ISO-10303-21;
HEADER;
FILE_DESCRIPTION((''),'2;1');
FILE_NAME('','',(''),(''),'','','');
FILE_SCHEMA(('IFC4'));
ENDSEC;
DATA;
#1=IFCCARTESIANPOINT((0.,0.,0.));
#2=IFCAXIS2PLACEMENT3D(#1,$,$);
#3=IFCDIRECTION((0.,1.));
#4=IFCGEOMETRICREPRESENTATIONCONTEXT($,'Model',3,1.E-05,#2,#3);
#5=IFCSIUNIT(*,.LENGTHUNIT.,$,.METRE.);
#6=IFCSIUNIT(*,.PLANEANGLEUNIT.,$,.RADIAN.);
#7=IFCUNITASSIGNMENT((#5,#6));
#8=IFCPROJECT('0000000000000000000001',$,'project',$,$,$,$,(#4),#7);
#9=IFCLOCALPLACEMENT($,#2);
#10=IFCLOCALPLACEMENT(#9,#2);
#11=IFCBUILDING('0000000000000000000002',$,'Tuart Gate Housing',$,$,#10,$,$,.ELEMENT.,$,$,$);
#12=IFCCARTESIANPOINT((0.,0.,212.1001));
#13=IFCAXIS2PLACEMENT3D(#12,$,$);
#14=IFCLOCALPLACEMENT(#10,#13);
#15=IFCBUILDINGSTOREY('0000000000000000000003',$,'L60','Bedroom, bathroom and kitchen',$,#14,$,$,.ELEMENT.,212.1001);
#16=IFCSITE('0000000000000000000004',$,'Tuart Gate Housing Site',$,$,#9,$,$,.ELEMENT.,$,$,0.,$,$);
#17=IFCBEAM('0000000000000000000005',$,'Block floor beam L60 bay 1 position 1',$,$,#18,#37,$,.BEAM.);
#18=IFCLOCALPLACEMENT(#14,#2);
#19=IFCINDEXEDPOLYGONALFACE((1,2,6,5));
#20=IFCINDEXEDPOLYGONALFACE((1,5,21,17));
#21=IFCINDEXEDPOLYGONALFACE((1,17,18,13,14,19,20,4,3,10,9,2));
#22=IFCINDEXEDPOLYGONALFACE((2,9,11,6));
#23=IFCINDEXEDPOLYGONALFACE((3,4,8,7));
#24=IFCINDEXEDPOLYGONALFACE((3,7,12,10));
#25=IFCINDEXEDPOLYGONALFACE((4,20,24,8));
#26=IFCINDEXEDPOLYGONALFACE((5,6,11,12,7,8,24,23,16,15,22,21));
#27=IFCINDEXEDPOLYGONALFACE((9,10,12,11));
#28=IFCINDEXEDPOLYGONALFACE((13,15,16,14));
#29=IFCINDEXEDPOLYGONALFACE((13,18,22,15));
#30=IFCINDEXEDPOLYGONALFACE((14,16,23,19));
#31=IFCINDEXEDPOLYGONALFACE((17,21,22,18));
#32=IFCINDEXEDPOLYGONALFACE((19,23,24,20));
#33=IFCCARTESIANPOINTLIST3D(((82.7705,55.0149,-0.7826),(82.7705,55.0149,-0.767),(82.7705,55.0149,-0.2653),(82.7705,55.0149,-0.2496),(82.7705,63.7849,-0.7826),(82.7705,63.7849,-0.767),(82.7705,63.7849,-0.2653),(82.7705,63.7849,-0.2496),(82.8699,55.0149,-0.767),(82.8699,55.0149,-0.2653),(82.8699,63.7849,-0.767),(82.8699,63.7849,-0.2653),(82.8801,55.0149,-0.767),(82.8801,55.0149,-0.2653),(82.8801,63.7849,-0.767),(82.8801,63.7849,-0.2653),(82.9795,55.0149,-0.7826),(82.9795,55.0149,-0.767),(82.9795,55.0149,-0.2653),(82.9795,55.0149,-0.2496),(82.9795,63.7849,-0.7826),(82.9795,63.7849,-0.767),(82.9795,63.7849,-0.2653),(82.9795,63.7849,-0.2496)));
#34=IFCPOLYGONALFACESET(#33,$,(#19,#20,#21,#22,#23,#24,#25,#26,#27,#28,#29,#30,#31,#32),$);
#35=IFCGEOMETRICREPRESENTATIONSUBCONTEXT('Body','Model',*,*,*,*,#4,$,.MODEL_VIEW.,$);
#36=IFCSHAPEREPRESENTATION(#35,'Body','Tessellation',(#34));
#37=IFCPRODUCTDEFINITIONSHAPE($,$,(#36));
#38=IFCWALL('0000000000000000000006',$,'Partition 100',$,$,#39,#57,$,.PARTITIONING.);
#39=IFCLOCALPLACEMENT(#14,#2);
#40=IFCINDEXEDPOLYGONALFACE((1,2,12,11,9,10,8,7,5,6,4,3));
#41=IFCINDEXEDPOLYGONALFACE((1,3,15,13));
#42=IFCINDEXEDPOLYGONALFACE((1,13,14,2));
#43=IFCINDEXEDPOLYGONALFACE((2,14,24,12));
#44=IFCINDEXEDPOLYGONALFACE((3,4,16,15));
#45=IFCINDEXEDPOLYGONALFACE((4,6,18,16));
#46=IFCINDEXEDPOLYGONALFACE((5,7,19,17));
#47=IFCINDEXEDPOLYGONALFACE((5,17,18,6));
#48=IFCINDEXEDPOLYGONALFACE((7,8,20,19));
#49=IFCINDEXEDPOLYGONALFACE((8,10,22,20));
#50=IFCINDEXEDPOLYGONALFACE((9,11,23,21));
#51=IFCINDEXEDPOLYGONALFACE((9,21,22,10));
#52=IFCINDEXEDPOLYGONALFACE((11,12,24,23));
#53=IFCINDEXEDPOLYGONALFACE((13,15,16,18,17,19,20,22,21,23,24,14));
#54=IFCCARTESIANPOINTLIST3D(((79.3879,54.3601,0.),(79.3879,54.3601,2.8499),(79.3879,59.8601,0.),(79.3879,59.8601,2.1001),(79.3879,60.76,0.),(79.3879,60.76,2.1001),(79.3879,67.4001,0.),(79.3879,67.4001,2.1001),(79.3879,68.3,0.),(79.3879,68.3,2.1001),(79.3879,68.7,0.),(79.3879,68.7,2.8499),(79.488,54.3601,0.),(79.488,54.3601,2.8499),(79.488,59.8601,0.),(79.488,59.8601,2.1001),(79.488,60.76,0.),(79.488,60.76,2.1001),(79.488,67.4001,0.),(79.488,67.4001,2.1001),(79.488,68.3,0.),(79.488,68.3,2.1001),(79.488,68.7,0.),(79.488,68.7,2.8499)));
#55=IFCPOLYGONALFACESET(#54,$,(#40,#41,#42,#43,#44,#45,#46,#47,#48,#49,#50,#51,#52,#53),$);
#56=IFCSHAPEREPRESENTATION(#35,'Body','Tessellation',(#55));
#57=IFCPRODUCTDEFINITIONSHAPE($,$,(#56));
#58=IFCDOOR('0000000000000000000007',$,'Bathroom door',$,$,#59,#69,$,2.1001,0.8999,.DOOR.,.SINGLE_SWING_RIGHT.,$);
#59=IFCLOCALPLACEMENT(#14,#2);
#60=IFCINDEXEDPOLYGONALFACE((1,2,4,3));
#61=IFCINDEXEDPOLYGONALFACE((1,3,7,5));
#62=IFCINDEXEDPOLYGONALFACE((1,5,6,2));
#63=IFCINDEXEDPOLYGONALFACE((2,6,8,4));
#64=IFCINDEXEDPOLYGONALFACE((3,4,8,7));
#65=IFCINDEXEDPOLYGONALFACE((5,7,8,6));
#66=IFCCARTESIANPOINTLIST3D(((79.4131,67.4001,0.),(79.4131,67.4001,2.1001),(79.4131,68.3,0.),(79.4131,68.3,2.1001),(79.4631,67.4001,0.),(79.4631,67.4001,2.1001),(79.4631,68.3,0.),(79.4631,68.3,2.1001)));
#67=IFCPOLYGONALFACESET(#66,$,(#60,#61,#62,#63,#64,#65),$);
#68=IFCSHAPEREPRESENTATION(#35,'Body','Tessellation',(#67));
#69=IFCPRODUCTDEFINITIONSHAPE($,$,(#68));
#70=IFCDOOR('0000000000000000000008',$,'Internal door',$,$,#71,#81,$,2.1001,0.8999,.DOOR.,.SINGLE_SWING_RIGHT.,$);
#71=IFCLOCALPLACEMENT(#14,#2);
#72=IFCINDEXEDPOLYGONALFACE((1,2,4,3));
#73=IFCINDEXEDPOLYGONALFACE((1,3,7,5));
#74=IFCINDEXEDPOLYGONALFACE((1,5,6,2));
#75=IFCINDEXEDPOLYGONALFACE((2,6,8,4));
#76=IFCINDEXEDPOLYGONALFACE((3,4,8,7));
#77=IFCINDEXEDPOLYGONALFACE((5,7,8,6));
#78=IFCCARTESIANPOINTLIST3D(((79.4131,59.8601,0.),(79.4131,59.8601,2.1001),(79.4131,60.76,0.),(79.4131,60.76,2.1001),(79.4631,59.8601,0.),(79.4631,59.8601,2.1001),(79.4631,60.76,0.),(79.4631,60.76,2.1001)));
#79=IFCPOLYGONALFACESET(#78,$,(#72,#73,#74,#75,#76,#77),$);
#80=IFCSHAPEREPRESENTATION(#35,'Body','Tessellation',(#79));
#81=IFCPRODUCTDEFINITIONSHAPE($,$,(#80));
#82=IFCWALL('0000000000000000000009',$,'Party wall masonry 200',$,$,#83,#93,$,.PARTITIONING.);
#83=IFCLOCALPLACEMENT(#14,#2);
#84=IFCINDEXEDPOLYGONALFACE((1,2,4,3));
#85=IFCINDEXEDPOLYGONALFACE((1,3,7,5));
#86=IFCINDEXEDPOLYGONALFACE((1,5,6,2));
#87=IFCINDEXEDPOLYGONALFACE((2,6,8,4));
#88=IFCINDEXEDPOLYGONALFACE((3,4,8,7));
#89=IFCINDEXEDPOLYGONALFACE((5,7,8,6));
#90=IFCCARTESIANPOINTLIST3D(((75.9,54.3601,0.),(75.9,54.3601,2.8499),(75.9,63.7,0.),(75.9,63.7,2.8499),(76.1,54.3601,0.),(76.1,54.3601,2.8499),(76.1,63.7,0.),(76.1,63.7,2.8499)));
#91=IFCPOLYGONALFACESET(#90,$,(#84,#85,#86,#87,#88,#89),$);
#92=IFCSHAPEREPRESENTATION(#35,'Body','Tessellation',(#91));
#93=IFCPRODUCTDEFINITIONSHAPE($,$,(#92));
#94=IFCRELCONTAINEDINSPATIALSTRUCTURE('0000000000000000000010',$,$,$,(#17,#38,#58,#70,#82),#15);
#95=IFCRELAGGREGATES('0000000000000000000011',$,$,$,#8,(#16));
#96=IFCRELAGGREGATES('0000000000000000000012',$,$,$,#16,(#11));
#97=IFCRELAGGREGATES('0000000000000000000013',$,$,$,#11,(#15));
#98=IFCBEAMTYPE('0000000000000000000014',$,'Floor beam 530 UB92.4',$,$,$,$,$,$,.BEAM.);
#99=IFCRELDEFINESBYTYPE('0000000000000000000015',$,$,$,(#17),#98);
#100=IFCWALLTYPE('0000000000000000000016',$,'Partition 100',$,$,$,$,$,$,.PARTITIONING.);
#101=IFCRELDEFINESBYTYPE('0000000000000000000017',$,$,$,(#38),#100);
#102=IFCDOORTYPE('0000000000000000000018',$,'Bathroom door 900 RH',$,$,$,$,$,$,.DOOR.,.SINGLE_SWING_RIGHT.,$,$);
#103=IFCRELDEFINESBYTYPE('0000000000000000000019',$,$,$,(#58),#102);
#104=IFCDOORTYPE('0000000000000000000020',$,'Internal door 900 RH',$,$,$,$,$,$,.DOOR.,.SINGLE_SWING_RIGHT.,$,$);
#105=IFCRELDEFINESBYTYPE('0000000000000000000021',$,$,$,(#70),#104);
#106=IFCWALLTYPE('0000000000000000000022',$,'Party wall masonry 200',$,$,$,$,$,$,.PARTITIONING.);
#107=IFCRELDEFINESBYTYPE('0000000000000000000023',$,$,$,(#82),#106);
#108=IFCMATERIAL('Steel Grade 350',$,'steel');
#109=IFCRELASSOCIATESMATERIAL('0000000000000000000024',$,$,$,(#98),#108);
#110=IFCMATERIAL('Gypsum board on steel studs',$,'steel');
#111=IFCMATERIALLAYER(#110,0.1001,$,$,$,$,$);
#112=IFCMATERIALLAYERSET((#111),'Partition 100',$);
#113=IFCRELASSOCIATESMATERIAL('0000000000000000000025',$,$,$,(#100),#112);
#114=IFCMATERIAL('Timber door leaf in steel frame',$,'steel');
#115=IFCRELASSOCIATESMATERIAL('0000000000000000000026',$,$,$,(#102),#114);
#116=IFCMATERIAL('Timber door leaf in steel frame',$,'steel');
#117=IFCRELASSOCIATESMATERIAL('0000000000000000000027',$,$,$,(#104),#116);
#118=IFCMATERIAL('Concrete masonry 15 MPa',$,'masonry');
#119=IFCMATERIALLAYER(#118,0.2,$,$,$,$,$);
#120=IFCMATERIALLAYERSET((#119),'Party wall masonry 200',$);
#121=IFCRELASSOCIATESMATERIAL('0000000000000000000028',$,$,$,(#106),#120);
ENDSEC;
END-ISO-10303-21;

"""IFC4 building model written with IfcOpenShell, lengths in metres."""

from ifc_helpers import new_model, si_unit, direction, frame, frame_2d, origin, origin_2d, place, context, subcontext, project, spatial, rectangle, i_section, extrude, material, layer, layer_set, material_profile, profile_set, type_object, element, fill, save


model = new_model("IFC4")

# Units and contexts
model_context = context("Model", 3, precision=1e-05, world=origin(), true_north=direction((0.0, 1.0)))
body_context = subcontext(model_context, "Body", "Model", "MODEL_VIEW")
ifc_project = project(units=[si_unit("LENGTHUNIT", "METRE"), si_unit("PLANEANGLEUNIT", "RADIAN")], contexts=[model_context])

# Site, building, storey
site_placement = place(None, origin())
site = spatial("IfcSite", under=ifc_project, at=site_placement, Name="Tuart Gate Housing Site", CompositionType="ELEMENT", RefElevation=0.0)
building_placement = place(site_placement, origin())
building = spatial("IfcBuilding", under=site, at=building_placement, Name="Tuart Gate Housing", CompositionType="ELEMENT")
storey_placement = place(building_placement, frame((0.0, 0.0, 212.1001)))
storey = spatial("IfcBuildingStorey", under=building, at=storey_placement, Name="L60", Description="Bedroom, bathroom and kitchen", CompositionType="ELEMENT", Elevation=212.1001)

# Beam
ifc_material_1 = material(Name="Steel Grade 350", Category="steel")
ifc_material_profile = material_profile(ifc_material_1, i_section(OverallWidth=0.209, OverallDepth=0.533, WebThickness=0.0103, FlangeThickness=0.0156, at=origin_2d()), Name="530UB92.4")
ifc_profile_set = profile_set([ifc_material_profile], Name="Steel Grade 350")
beam_type = type_object("IfcBeamType", Name="Floor beam 530 UB92.4", PredefinedType="BEAM", material=ifc_profile_set)
beam_placement = place(storey_placement, frame((82.875, 55.0149, -0.5161), z_axis=(0.0, 1.0, 0.0), x_axis=(-1.0, 0.0, 0.0)))
element("IfcBeam", 1, at=beam_placement, inside=storey, type_object=beam_type, Name="Block floor beam L60 bay 1 position 1", PredefinedType="BEAM", context=body_context, shape_type="SweptSolid", body=[
    extrude(i_section(OverallWidth=0.209, OverallDepth=0.533, WebThickness=0.0103, FlangeThickness=0.0156, at=origin_2d()), origin(), (0.0, 0.0, 1.0), 8.77),
])

# Wall, openings, doors
ifc_material_2 = material(Name="Gypsum board on steel studs", Category="steel")
ifc_layer_1 = layer(ifc_material_2, 0.1001)
ifc_layer_set_1 = layer_set([ifc_layer_1], Name="Partition 100")
wall_type_1 = type_object("IfcWallType", Name="Partition 100", PredefinedType="PARTITIONING", material=ifc_layer_set_1)
wall_1_placement = place(storey_placement, frame((79.438, 54.3601, 0.0), z_axis=(0.0, 0.0, 1.0), x_axis=(0.0, 1.0, 0.0)))
wall_1 = element("IfcWall", 2, at=wall_1_placement, inside=storey, type_object=wall_type_1, Name="Partition 100", PredefinedType="PARTITIONING", context=body_context, shape_type="SweptSolid", body=[
    extrude(rectangle(XDim=14.3398, YDim=0.1001, at=frame_2d((7.1699, 0.0))), origin(), (0.0, 0.0, 1.0), 2.8499),
])
opening_1_placement = place(wall_1_placement, frame((5.5, 0.0, 0.0)))
opening_1 = element("IfcOpeningElement", 3, at=opening_1_placement, cuts=wall_1, PredefinedType="OPENING", context=body_context, shape_type="SweptSolid", body=[
    extrude(rectangle(XDim=0.8999, YDim=2.1001, at=frame_2d((0.45, 1.05))), frame((0.0, 0.0601, 0.0), z_axis=(0.0, -1.0, 0.0), x_axis=(1.0, 0.0, 0.0)), (0.0, 0.0, 1.0), 0.1201),
])
opening_2_placement = place(wall_1_placement, frame((13.04, 0.0, 0.0)))
opening_2 = element("IfcOpeningElement", 4, at=opening_2_placement, cuts=wall_1, PredefinedType="OPENING", context=body_context, shape_type="SweptSolid", body=[
    extrude(rectangle(XDim=0.8999, YDim=2.1001, at=frame_2d((0.45, 1.05))), frame((0.0, 0.0601, 0.0), z_axis=(0.0, -1.0, 0.0), x_axis=(1.0, 0.0, 0.0)), (0.0, 0.0, 1.0), 0.1201),
])
ifc_material_3 = material(Name="Timber door leaf in steel frame", Category="steel")
door_type_1 = type_object("IfcDoorType", Name="Bathroom door 900 RH", OperationType="SINGLE_SWING_RIGHT", PredefinedType="DOOR", material=ifc_material_3)
door_1_placement = place(opening_2_placement, origin())
door_1 = element("IfcDoor", 5, at=door_1_placement, inside=storey, type_object=door_type_1, Name="Bathroom door", OperationType="SINGLE_SWING_RIGHT", OverallHeight=2.1001, OverallWidth=0.8999, PredefinedType="DOOR", context=body_context, shape_type="SweptSolid", body=[
    extrude(rectangle(XDim=0.8999, YDim=2.1001, at=frame_2d((0.45, 1.05))), frame((0.0, 0.0249, 0.0), z_axis=(0.0, -1.0, 0.0), x_axis=(1.0, 0.0, 0.0)), (0.0, 0.0, 1.0), 0.05),
])
fill(opening_2, door_1)
ifc_material_4 = material(Name="Timber door leaf in steel frame", Category="steel")
door_type_2 = type_object("IfcDoorType", Name="Internal door 900 RH", OperationType="SINGLE_SWING_RIGHT", PredefinedType="DOOR", material=ifc_material_4)
door_2_placement = place(opening_1_placement, origin())
door_2 = element("IfcDoor", 6, at=door_2_placement, inside=storey, type_object=door_type_2, Name="Internal door", OperationType="SINGLE_SWING_RIGHT", OverallHeight=2.1001, OverallWidth=0.8999, PredefinedType="DOOR", context=body_context, shape_type="SweptSolid", body=[
    extrude(rectangle(XDim=0.8999, YDim=2.1001, at=frame_2d((0.45, 1.05))), frame((0.0, 0.0249, 0.0), z_axis=(0.0, -1.0, 0.0), x_axis=(1.0, 0.0, 0.0)), (0.0, 0.0, 1.0), 0.05),
])
fill(opening_1, door_2)

# Wall
ifc_material_5 = material(Name="Concrete masonry 15 MPa", Category="masonry")
ifc_layer_2 = layer(ifc_material_5, 0.2)
ifc_layer_set_2 = layer_set([ifc_layer_2], Name="Party wall masonry 200")
wall_type_2 = type_object("IfcWallType", Name="Party wall masonry 200", PredefinedType="PARTITIONING", material=ifc_layer_set_2)
wall_2_placement = place(storey_placement, frame((76.0, 54.3601, 0.0), z_axis=(0.0, 0.0, 1.0), x_axis=(0.0, 1.0, 0.0)))
element("IfcWall", 7, at=wall_2_placement, inside=storey, type_object=wall_type_2, Name="Party wall masonry 200", PredefinedType="PARTITIONING", context=body_context, shape_type="SweptSolid", body=[
    extrude(rectangle(XDim=9.3398, YDim=0.2, at=frame_2d((4.6699, 0.0))), origin(), (0.0, 0.0, 1.0), 2.8499),
])

save(model, "model.ifc")
